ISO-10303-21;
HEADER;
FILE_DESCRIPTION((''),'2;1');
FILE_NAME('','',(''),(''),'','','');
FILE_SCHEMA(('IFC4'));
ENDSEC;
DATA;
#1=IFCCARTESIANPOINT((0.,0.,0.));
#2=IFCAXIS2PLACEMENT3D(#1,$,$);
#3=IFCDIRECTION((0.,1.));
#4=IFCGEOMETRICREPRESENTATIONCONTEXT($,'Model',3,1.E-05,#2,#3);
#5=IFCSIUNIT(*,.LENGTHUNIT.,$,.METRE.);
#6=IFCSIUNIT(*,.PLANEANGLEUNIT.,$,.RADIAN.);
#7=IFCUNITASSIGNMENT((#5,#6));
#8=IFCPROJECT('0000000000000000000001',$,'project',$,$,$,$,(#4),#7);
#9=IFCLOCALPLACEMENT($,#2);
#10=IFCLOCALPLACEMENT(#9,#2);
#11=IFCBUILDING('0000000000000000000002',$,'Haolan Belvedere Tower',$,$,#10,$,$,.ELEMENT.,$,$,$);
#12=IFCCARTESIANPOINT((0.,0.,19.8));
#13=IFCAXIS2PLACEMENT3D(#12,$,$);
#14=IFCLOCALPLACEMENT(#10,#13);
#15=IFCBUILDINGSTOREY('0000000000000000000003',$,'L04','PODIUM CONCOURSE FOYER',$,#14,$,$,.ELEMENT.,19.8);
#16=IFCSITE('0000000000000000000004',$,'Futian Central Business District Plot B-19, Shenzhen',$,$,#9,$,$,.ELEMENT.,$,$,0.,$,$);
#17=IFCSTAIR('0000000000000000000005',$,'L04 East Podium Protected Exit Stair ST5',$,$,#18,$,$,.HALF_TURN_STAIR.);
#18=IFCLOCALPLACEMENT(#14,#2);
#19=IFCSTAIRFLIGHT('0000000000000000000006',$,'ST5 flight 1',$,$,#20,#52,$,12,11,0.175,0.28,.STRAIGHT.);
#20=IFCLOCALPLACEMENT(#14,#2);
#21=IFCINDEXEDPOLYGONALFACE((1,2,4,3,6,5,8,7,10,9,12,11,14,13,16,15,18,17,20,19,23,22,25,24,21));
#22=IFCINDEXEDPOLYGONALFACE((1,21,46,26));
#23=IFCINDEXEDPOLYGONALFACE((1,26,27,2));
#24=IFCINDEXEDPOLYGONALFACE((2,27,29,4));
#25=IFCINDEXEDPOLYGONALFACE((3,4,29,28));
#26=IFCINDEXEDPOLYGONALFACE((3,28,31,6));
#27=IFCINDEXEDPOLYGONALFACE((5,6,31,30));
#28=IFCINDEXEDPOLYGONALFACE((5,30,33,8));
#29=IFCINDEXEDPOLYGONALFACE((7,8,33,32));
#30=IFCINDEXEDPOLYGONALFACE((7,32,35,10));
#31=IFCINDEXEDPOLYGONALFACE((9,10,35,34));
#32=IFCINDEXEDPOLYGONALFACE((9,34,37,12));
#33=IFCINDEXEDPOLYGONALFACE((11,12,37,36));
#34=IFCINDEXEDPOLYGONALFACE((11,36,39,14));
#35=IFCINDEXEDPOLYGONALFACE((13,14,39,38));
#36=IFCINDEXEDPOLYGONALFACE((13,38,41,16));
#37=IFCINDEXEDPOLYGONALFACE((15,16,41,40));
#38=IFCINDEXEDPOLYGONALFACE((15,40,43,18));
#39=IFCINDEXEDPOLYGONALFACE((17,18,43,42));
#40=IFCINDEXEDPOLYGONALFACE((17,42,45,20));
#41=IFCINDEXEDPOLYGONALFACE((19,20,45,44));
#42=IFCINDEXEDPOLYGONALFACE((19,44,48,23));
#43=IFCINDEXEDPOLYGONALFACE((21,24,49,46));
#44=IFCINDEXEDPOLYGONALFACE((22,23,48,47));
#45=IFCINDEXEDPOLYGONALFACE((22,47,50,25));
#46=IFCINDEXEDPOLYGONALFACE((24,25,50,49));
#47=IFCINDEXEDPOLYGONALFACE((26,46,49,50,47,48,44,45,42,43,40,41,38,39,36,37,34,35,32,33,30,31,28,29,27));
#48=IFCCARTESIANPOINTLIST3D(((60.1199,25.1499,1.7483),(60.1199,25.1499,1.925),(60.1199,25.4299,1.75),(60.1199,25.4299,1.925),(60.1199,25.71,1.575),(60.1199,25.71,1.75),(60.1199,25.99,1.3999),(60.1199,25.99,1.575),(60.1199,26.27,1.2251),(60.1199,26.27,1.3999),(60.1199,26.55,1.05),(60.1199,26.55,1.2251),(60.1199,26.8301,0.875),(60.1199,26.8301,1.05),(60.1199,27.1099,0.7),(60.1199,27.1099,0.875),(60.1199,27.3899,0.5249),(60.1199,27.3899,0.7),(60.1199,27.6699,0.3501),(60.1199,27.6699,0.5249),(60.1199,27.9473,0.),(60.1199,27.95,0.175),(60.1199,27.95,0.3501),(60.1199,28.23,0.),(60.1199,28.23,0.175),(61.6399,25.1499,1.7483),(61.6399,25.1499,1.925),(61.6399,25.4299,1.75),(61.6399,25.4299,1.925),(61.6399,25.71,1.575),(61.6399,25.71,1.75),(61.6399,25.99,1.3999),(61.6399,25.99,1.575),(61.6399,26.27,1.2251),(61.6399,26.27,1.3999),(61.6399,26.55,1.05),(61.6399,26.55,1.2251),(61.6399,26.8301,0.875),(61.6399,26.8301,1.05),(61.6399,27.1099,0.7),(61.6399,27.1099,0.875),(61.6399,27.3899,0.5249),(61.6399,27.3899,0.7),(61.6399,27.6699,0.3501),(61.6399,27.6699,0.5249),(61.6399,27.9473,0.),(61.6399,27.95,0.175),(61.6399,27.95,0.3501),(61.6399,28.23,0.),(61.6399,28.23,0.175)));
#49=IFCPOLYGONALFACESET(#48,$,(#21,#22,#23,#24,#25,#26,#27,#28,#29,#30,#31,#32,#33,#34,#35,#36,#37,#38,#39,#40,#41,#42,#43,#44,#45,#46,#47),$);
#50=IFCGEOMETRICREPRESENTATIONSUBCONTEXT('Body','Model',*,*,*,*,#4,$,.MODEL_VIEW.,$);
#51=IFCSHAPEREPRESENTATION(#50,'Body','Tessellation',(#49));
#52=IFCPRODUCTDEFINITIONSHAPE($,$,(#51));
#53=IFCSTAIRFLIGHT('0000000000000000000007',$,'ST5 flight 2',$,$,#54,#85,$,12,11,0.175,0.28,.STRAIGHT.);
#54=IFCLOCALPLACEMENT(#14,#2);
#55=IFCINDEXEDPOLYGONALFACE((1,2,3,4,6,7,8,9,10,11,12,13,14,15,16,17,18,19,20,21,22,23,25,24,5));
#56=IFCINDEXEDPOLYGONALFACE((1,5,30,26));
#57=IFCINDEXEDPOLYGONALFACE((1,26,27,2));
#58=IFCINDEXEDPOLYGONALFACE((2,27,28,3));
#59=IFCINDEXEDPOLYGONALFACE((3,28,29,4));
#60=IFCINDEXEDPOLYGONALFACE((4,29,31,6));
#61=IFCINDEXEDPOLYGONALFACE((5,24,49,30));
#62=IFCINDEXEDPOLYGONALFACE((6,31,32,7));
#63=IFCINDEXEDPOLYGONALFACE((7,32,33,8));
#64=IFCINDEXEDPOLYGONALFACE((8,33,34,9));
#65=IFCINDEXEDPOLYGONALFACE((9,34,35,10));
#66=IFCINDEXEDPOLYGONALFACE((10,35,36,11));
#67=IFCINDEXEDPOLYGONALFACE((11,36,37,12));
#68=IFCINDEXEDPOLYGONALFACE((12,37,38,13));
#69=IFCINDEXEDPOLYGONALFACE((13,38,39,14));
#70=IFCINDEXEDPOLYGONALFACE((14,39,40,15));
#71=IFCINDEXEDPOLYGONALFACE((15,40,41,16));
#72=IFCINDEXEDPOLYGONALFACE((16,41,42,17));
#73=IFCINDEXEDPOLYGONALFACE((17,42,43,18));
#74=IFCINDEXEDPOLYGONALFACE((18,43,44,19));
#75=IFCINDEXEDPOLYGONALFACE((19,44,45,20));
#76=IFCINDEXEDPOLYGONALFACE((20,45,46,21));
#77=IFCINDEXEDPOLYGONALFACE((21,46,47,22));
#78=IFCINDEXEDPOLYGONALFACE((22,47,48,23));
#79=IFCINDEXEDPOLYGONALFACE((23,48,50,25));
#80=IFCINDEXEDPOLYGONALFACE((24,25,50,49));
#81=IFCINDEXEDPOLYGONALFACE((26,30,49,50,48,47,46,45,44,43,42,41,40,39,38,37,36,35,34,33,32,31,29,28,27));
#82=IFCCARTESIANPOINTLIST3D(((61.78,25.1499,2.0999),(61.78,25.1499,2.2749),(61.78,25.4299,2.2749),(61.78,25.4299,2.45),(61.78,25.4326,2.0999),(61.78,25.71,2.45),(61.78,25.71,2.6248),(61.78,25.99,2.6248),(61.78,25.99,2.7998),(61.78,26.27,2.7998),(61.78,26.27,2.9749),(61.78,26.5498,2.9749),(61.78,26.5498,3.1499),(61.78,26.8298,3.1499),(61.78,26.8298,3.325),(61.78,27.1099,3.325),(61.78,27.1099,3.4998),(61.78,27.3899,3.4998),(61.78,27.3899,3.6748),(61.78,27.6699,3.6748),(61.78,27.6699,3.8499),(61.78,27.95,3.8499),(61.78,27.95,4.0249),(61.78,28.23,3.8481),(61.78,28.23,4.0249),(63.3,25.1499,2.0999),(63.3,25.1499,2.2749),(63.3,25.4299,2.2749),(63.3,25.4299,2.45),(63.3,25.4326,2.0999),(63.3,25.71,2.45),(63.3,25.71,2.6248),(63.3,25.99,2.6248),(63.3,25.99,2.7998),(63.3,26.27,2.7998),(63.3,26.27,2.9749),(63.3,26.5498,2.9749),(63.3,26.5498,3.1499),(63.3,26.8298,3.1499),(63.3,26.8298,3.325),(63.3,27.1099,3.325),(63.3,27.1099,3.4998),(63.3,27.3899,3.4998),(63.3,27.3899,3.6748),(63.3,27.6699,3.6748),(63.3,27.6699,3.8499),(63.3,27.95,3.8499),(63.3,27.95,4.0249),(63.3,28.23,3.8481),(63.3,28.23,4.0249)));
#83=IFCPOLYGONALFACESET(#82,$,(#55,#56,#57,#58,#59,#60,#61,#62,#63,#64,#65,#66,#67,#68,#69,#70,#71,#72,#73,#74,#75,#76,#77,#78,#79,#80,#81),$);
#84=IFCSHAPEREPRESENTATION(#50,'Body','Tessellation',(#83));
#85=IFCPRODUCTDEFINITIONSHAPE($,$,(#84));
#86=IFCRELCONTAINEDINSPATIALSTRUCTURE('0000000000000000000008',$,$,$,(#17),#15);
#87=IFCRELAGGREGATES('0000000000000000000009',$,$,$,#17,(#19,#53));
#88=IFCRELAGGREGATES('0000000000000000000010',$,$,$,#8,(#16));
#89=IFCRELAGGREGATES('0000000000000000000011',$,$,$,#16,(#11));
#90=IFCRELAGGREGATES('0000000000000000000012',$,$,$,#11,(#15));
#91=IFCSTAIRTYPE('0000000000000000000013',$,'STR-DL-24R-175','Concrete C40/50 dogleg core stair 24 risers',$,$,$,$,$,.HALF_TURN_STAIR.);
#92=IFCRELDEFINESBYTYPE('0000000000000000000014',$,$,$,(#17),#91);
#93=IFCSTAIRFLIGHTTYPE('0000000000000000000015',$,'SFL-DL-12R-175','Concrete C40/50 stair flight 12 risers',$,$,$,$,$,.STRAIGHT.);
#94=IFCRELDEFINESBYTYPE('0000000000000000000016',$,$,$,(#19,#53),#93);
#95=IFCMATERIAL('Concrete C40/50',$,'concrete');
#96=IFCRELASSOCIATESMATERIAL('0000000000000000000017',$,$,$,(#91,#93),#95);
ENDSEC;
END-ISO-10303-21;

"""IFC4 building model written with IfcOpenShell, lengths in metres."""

from ifc_helpers import new_model, si_unit, direction, frame, origin, place, context, subcontext, project, spatial, polyline, outline, extrude, material, type_object, element, aggregate, save


model = new_model("IFC4")

# Units and contexts
model_context = context("Model", 3, precision=1e-05, world=origin(), true_north=direction((0.0, 1.0)))
body_context = subcontext(model_context, "Body", "Model", "MODEL_VIEW")
ifc_project = project(units=[si_unit("LENGTHUNIT", "METRE"), si_unit("PLANEANGLEUNIT", "RADIAN")], contexts=[model_context])

# Site, building, storey
site_placement = place(None, origin())
site = spatial("IfcSite", under=ifc_project, at=site_placement, Name="Futian Central Business District Plot B-19, Shenzhen", CompositionType="ELEMENT", RefElevation=0.0)
building_placement = place(site_placement, origin())
building = spatial("IfcBuilding", under=site, at=building_placement, Name="Haolan Belvedere Tower", CompositionType="ELEMENT")
storey_placement = place(building_placement, frame((0.0, 0.0, 19.8)))
storey = spatial("IfcBuildingStorey", under=building, at=storey_placement, Name="L04", Description="PODIUM CONCOURSE FOYER", CompositionType="ELEMENT", Elevation=19.8)

# Stair, stair flights
ifc_material_1 = material(Name="Concrete C40/50", Category="concrete")
stair_type = type_object("IfcStairType", Name="STR-DL-24R-175", Description="Concrete C40/50 dogleg core stair 24 risers", PredefinedType="HALF_TURN_STAIR", material=ifc_material_1)
stair_placement = place(storey_placement, origin())
stair = element("IfcStair", 1, at=stair_placement, inside=storey, type_object=stair_type, Name="L04 East Podium Protected Exit Stair ST5", PredefinedType="HALF_TURN_STAIR")
stair_flight_type = type_object("IfcStairFlightType", Name="SFL-DL-12R-175", Description="Concrete C40/50 stair flight 12 risers", PredefinedType="STRAIGHT", material=ifc_material_1)
stair_flight_1_placement = place(storey_placement, frame((60.8799, 28.23, 0.0), z_axis=(0.0, 0.0, 1.0), x_axis=(0.0, -1.0, 0.0)))
stair_flight_1 = element("IfcStairFlight", 2, at=stair_flight_1_placement, type_object=stair_flight_type, Name="ST5 flight 1", NumberOfRisers=12, NumberOfTreads=11, PredefinedType="STRAIGHT", RiserHeight=0.175, TreadLength=0.28, context=body_context, shape_type="SweptSolid", body=[
    extrude(outline(polyline([(0.0, 0.0), (0.0, 0.175), (0.28, 0.175), (0.28, 0.3501), (0.5601, 0.3501), (0.5601, 0.5249), (0.8401, 0.5249), (0.8401, 0.7), (1.1201, 0.7), (1.1201, 0.875), (1.3999, 0.875), (1.3999, 1.05), (1.6799, 1.05), (1.6799, 1.2251), (1.96, 1.2251), (1.96, 1.3999), (2.24, 1.3999), (2.24, 1.575), (2.52, 1.575), (2.52, 1.75), (2.8, 1.75), (2.8, 1.925), (3.0801, 1.925), (3.0801, 2.1001), (3.0801, 1.7483), (0.2827, 0.0), (0.0, 0.0)])), frame((0.0, 0.76, 0.0), z_axis=(0.0, -1.0, 0.0), x_axis=(1.0, 0.0, 0.0)), (0.0, 0.0, 1.0), 1.52),
])
stair_flight_2_placement = place(storey_placement, frame((62.54, 25.1499, 2.0999), z_axis=(0.0, 0.0, 1.0), x_axis=(0.0, 1.0, 0.0)))
stair_flight_2 = element("IfcStairFlight", 3, at=stair_flight_2_placement, type_object=stair_flight_type, Name="ST5 flight 2", NumberOfRisers=12, NumberOfTreads=11, PredefinedType="STRAIGHT", RiserHeight=0.175, TreadLength=0.28, context=body_context, shape_type="SweptSolid", body=[
    extrude(outline(polyline([(0.0, 0.0), (0.0, 0.175), (0.28, 0.175), (0.28, 0.3501), (0.5601, 0.3501), (0.5601, 0.5249), (0.8401, 0.5249), (0.8401, 0.7), (1.1201, 0.7), (1.1201, 0.875), (1.3999, 0.875), (1.3999, 1.05), (1.6799, 1.05), (1.6799, 1.2251), (1.96, 1.2251), (1.96, 1.3999), (2.24, 1.3999), (2.24, 1.575), (2.52, 1.575), (2.52, 1.75), (2.8, 1.75), (2.8, 1.925), (3.0801, 1.925), (3.0801, 2.1001), (3.0801, 1.7483), (0.2827, 0.0), (0.0, 0.0)])), frame((0.0, 0.76, 0.0), z_axis=(0.0, -1.0, 0.0), x_axis=(1.0, 0.0, 0.0)), (0.0, 0.0, 1.0), 1.52),
])
aggregate(stair, [stair_flight_1, stair_flight_2])

save(model, "model.ifc")
